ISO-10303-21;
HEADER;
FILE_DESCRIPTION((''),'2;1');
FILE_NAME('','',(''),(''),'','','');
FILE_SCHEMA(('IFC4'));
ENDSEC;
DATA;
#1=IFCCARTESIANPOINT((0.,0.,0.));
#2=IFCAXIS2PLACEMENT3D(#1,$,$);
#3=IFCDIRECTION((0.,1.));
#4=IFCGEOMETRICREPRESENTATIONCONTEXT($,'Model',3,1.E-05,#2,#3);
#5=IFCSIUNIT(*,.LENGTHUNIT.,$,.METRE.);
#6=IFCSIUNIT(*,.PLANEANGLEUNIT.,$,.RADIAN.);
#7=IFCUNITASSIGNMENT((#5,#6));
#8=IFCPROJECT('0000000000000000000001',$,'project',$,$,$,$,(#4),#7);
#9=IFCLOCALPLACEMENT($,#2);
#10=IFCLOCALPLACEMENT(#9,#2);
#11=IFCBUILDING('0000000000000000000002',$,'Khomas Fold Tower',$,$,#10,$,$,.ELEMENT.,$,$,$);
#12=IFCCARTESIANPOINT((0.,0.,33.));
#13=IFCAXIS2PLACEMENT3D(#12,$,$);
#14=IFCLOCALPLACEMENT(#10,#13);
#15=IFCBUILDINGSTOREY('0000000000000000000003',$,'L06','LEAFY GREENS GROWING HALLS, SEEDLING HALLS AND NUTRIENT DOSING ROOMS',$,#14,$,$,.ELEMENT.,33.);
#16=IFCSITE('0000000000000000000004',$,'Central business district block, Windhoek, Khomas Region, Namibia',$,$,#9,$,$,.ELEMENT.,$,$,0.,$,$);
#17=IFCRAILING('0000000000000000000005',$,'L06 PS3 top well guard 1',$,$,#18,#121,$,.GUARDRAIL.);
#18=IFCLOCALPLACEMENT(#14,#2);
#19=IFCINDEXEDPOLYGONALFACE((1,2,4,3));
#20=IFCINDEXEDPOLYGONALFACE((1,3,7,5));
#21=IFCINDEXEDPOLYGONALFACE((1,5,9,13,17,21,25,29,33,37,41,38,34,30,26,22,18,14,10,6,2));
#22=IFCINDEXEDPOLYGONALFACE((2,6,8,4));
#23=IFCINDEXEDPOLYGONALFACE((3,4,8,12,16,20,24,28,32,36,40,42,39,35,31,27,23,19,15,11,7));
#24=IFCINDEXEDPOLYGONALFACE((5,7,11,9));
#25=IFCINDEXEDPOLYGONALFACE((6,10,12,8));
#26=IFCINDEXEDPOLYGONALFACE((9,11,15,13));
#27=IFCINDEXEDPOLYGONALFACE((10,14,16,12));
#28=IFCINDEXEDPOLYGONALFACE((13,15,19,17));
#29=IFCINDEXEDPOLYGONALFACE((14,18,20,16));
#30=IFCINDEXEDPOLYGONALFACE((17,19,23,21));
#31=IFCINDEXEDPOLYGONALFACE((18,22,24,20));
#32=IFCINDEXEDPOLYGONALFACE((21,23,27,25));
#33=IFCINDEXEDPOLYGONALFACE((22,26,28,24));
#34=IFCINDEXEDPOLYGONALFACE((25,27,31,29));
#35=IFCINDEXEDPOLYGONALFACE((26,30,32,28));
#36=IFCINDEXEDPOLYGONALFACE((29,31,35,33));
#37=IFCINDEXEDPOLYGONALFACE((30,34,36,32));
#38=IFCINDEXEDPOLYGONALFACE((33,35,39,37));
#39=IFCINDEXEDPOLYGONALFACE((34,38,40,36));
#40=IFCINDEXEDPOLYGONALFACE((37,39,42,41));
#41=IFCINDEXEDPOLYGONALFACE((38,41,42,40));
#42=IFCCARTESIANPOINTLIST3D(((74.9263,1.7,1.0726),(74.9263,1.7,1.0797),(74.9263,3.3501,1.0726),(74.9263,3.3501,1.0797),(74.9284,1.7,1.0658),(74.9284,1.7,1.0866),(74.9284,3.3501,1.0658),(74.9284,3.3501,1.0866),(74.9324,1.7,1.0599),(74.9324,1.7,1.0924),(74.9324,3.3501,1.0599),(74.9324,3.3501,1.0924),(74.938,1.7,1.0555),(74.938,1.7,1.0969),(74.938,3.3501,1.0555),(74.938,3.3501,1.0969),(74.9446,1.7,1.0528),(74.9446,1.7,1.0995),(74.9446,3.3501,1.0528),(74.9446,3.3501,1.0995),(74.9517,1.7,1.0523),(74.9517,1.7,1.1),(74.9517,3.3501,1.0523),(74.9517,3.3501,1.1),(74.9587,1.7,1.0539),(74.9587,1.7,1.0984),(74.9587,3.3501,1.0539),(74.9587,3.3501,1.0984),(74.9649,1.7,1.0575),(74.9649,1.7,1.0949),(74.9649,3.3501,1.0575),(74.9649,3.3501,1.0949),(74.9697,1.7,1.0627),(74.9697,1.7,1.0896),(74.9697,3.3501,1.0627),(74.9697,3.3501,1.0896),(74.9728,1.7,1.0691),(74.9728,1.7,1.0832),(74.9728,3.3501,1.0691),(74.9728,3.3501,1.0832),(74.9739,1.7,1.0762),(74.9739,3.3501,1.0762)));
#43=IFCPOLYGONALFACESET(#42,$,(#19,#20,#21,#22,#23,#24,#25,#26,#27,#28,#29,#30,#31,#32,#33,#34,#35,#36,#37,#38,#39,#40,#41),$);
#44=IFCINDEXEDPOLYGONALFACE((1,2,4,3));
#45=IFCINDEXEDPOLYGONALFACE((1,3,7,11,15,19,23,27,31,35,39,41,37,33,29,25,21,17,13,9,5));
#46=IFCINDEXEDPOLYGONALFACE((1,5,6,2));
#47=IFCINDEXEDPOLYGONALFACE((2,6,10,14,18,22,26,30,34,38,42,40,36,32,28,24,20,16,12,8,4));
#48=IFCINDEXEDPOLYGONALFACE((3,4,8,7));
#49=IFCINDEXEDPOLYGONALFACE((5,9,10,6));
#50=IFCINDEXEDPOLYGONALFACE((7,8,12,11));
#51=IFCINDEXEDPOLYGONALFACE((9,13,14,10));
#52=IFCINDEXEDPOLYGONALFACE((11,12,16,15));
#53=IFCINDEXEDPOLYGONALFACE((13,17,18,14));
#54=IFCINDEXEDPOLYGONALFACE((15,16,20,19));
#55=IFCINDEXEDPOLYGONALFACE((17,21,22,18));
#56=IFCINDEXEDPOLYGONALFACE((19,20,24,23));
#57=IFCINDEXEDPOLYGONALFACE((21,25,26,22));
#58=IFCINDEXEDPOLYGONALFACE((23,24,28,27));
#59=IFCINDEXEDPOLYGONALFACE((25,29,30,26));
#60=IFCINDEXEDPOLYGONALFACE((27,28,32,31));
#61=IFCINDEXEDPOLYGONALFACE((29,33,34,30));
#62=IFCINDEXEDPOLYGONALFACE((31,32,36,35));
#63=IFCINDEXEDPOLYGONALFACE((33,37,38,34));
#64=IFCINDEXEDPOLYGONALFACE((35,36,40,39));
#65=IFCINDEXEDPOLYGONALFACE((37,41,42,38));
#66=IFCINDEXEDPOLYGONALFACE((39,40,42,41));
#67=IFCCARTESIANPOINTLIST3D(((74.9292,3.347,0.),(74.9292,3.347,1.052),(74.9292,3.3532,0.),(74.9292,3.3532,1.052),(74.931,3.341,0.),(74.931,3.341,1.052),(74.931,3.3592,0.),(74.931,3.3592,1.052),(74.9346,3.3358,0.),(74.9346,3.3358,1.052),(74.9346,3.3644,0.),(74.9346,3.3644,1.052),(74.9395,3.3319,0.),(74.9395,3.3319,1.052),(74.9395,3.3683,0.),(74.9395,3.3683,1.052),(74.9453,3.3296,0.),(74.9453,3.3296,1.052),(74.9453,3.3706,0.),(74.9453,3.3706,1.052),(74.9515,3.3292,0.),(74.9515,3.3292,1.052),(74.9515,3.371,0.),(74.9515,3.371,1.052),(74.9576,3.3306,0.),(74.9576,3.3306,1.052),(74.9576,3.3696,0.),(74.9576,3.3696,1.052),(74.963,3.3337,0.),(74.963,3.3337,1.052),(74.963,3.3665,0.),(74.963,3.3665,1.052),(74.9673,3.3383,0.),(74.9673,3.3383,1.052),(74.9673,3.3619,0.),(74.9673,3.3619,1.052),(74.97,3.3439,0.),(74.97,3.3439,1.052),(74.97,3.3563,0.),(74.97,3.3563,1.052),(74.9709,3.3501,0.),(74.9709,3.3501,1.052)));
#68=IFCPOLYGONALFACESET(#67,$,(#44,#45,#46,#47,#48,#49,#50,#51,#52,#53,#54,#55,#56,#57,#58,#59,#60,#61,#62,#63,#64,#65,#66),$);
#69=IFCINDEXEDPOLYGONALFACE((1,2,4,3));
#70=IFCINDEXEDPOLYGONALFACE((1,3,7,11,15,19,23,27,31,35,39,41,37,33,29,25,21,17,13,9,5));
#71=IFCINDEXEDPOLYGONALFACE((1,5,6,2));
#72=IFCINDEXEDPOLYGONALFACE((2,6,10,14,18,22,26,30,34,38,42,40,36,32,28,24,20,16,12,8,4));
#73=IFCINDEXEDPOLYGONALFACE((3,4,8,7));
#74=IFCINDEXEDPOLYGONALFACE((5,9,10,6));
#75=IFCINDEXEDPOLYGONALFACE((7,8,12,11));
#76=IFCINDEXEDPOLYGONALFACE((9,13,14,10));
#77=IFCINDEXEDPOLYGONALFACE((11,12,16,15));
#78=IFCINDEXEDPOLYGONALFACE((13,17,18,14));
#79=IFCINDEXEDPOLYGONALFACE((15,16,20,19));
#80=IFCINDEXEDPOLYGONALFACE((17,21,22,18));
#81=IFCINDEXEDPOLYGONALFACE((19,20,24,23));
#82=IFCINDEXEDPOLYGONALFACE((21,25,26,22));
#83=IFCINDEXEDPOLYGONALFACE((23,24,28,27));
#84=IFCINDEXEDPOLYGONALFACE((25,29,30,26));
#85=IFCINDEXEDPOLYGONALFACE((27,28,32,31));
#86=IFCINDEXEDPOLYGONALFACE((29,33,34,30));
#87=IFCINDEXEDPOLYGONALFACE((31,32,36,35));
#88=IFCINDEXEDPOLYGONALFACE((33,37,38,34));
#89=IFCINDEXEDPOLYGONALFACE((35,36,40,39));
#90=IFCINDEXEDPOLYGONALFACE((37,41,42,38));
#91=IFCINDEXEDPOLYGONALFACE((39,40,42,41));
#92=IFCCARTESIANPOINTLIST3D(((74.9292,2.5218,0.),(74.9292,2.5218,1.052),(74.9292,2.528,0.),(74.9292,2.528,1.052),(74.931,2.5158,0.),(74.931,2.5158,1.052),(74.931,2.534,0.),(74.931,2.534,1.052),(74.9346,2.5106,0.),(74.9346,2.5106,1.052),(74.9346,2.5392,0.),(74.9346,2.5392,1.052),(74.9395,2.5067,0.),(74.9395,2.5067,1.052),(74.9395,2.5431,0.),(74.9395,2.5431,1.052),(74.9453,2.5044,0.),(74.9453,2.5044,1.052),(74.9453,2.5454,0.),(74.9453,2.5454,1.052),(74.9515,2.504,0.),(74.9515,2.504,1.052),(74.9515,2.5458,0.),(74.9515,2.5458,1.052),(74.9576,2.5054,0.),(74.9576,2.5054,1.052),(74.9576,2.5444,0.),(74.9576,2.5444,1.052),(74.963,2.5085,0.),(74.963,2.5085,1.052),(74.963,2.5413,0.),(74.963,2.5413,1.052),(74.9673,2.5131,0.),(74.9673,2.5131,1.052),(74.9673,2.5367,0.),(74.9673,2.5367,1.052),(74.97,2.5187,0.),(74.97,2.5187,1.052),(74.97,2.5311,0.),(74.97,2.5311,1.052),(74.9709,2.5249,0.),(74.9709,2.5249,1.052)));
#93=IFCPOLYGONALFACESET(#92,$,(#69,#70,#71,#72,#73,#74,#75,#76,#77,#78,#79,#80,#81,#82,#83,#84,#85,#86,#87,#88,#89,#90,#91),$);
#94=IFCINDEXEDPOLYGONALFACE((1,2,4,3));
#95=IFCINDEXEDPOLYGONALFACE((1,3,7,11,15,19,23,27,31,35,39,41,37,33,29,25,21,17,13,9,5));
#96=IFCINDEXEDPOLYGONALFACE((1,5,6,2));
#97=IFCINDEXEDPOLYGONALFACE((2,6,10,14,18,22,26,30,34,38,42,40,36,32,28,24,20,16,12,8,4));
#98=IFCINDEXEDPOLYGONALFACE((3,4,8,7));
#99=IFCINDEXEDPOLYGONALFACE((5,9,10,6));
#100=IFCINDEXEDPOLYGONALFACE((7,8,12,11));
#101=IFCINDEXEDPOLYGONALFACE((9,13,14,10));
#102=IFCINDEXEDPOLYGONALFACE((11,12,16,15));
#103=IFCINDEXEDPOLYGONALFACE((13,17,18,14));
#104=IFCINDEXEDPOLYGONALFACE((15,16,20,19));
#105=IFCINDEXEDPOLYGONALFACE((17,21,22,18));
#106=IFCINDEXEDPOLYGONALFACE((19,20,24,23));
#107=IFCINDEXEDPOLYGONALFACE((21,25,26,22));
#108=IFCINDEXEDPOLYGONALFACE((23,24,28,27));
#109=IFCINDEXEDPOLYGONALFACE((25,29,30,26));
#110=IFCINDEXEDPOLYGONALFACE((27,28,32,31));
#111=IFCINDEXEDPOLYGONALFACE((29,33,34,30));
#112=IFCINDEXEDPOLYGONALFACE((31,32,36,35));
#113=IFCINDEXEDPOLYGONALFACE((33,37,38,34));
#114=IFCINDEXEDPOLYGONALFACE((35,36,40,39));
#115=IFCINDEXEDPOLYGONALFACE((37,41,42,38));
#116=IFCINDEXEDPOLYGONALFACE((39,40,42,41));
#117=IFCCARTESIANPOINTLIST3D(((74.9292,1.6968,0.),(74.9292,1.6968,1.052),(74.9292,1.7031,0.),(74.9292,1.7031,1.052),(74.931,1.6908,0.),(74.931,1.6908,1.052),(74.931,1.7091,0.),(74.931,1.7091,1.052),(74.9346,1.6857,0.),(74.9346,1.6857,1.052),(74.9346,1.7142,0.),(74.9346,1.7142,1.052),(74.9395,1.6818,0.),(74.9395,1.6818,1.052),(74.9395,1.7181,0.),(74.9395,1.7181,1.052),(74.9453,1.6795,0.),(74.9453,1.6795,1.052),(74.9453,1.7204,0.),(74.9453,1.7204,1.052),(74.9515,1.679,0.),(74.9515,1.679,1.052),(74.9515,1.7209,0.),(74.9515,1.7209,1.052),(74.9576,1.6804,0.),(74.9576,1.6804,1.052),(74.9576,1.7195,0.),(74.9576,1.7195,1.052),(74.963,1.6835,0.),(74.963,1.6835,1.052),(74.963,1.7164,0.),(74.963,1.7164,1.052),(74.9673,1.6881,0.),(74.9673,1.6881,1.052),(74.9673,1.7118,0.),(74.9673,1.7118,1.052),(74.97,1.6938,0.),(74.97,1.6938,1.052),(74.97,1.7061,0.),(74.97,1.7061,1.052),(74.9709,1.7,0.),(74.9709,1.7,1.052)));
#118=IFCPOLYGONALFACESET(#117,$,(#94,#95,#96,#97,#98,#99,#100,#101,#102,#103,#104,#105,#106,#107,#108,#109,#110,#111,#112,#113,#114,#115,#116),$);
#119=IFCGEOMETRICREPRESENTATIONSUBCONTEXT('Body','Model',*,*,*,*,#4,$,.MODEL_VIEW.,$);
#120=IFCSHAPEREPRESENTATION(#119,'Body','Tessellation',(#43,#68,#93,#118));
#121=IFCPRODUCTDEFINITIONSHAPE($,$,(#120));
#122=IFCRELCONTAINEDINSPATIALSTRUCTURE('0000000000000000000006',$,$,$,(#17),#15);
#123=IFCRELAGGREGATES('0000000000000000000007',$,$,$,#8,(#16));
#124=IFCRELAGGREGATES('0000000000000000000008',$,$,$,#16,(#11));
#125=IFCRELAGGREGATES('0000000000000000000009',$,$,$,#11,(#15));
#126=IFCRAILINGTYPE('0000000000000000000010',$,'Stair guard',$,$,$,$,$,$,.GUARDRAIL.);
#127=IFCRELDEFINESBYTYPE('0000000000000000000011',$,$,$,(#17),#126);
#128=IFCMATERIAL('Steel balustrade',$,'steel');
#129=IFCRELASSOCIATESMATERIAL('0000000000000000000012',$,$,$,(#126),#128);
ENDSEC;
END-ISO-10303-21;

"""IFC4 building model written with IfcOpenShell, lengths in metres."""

from ifc_helpers import new_model, si_unit, direction, frame, origin, origin_2d, place, context, subcontext, project, spatial, circle, extrude, source, transform, mapped, material, type_object, element, save


model = new_model("IFC4")

# Units and contexts
model_context = context("Model", 3, precision=1e-05, world=origin(), true_north=direction((0.0, 1.0)))
body_context = subcontext(model_context, "Body", "Model", "MODEL_VIEW")
ifc_project = project(units=[si_unit("LENGTHUNIT", "METRE"), si_unit("PLANEANGLEUNIT", "RADIAN")], contexts=[model_context])

# Site, building, storey
site_placement = place(None, origin())
site = spatial("IfcSite", under=ifc_project, at=site_placement, Name="Central business district block, Windhoek, Khomas Region, Namibia", CompositionType="ELEMENT", RefElevation=0.0)
building_placement = place(site_placement, origin())
building = spatial("IfcBuilding", under=site, at=building_placement, Name="Khomas Fold Tower", CompositionType="ELEMENT")
storey_placement = place(building_placement, frame((0.0, 0.0, 33.0)))
storey = spatial("IfcBuildingStorey", under=building, at=storey_placement, Name="L06", Description="LEAFY GREENS GROWING HALLS, SEEDLING HALLS AND NUTRIENT DOSING ROOMS", CompositionType="ELEMENT", Elevation=33.0)

# Railing
ifc_material_1 = material(Name="Steel balustrade", Category="steel")
railing_type_1 = type_object("IfcRailingType", Name="Stair guard", PredefinedType="GUARDRAIL", material=ifc_material_1)
shared_shape_1 = source(origin(), body_context, "Body", "SweptSolid", [
    extrude(circle(Radius=0.0239, at=origin_2d()), frame((0.0, 0.0, 1.0762), z_axis=(0.0, -1.0, 0.0), x_axis=(1.0, 0.0, 0.0)), (0.0, 0.0, 1.0), 1.6501),
    extrude(circle(Radius=0.021, at=origin_2d()), origin(), (0.0, 0.0, 1.0), 1.052),
    extrude(circle(Radius=0.021, at=origin_2d()), frame((0.0, -0.8252, 0.0)), (0.0, 0.0, 1.0), 1.052),
    extrude(circle(Radius=0.021, at=origin_2d()), frame((0.0, -1.6501, 0.0)), (0.0, 0.0, 1.0), 1.052),
])
railing_1_placement = place(storey_placement, frame((74.95, 3.3501, 0.0)))
element("IfcRailing", 1, at=railing_1_placement, inside=storey, type_object=railing_type_1, Name="L06 PS3 top well guard 1", PredefinedType="GUARDRAIL", context=body_context, shape_type="MappedRepresentation", body=[
    mapped(shared_shape_1, transform((0.0, 0.0, 0.0))),
])

save(model, "model.ifc")
